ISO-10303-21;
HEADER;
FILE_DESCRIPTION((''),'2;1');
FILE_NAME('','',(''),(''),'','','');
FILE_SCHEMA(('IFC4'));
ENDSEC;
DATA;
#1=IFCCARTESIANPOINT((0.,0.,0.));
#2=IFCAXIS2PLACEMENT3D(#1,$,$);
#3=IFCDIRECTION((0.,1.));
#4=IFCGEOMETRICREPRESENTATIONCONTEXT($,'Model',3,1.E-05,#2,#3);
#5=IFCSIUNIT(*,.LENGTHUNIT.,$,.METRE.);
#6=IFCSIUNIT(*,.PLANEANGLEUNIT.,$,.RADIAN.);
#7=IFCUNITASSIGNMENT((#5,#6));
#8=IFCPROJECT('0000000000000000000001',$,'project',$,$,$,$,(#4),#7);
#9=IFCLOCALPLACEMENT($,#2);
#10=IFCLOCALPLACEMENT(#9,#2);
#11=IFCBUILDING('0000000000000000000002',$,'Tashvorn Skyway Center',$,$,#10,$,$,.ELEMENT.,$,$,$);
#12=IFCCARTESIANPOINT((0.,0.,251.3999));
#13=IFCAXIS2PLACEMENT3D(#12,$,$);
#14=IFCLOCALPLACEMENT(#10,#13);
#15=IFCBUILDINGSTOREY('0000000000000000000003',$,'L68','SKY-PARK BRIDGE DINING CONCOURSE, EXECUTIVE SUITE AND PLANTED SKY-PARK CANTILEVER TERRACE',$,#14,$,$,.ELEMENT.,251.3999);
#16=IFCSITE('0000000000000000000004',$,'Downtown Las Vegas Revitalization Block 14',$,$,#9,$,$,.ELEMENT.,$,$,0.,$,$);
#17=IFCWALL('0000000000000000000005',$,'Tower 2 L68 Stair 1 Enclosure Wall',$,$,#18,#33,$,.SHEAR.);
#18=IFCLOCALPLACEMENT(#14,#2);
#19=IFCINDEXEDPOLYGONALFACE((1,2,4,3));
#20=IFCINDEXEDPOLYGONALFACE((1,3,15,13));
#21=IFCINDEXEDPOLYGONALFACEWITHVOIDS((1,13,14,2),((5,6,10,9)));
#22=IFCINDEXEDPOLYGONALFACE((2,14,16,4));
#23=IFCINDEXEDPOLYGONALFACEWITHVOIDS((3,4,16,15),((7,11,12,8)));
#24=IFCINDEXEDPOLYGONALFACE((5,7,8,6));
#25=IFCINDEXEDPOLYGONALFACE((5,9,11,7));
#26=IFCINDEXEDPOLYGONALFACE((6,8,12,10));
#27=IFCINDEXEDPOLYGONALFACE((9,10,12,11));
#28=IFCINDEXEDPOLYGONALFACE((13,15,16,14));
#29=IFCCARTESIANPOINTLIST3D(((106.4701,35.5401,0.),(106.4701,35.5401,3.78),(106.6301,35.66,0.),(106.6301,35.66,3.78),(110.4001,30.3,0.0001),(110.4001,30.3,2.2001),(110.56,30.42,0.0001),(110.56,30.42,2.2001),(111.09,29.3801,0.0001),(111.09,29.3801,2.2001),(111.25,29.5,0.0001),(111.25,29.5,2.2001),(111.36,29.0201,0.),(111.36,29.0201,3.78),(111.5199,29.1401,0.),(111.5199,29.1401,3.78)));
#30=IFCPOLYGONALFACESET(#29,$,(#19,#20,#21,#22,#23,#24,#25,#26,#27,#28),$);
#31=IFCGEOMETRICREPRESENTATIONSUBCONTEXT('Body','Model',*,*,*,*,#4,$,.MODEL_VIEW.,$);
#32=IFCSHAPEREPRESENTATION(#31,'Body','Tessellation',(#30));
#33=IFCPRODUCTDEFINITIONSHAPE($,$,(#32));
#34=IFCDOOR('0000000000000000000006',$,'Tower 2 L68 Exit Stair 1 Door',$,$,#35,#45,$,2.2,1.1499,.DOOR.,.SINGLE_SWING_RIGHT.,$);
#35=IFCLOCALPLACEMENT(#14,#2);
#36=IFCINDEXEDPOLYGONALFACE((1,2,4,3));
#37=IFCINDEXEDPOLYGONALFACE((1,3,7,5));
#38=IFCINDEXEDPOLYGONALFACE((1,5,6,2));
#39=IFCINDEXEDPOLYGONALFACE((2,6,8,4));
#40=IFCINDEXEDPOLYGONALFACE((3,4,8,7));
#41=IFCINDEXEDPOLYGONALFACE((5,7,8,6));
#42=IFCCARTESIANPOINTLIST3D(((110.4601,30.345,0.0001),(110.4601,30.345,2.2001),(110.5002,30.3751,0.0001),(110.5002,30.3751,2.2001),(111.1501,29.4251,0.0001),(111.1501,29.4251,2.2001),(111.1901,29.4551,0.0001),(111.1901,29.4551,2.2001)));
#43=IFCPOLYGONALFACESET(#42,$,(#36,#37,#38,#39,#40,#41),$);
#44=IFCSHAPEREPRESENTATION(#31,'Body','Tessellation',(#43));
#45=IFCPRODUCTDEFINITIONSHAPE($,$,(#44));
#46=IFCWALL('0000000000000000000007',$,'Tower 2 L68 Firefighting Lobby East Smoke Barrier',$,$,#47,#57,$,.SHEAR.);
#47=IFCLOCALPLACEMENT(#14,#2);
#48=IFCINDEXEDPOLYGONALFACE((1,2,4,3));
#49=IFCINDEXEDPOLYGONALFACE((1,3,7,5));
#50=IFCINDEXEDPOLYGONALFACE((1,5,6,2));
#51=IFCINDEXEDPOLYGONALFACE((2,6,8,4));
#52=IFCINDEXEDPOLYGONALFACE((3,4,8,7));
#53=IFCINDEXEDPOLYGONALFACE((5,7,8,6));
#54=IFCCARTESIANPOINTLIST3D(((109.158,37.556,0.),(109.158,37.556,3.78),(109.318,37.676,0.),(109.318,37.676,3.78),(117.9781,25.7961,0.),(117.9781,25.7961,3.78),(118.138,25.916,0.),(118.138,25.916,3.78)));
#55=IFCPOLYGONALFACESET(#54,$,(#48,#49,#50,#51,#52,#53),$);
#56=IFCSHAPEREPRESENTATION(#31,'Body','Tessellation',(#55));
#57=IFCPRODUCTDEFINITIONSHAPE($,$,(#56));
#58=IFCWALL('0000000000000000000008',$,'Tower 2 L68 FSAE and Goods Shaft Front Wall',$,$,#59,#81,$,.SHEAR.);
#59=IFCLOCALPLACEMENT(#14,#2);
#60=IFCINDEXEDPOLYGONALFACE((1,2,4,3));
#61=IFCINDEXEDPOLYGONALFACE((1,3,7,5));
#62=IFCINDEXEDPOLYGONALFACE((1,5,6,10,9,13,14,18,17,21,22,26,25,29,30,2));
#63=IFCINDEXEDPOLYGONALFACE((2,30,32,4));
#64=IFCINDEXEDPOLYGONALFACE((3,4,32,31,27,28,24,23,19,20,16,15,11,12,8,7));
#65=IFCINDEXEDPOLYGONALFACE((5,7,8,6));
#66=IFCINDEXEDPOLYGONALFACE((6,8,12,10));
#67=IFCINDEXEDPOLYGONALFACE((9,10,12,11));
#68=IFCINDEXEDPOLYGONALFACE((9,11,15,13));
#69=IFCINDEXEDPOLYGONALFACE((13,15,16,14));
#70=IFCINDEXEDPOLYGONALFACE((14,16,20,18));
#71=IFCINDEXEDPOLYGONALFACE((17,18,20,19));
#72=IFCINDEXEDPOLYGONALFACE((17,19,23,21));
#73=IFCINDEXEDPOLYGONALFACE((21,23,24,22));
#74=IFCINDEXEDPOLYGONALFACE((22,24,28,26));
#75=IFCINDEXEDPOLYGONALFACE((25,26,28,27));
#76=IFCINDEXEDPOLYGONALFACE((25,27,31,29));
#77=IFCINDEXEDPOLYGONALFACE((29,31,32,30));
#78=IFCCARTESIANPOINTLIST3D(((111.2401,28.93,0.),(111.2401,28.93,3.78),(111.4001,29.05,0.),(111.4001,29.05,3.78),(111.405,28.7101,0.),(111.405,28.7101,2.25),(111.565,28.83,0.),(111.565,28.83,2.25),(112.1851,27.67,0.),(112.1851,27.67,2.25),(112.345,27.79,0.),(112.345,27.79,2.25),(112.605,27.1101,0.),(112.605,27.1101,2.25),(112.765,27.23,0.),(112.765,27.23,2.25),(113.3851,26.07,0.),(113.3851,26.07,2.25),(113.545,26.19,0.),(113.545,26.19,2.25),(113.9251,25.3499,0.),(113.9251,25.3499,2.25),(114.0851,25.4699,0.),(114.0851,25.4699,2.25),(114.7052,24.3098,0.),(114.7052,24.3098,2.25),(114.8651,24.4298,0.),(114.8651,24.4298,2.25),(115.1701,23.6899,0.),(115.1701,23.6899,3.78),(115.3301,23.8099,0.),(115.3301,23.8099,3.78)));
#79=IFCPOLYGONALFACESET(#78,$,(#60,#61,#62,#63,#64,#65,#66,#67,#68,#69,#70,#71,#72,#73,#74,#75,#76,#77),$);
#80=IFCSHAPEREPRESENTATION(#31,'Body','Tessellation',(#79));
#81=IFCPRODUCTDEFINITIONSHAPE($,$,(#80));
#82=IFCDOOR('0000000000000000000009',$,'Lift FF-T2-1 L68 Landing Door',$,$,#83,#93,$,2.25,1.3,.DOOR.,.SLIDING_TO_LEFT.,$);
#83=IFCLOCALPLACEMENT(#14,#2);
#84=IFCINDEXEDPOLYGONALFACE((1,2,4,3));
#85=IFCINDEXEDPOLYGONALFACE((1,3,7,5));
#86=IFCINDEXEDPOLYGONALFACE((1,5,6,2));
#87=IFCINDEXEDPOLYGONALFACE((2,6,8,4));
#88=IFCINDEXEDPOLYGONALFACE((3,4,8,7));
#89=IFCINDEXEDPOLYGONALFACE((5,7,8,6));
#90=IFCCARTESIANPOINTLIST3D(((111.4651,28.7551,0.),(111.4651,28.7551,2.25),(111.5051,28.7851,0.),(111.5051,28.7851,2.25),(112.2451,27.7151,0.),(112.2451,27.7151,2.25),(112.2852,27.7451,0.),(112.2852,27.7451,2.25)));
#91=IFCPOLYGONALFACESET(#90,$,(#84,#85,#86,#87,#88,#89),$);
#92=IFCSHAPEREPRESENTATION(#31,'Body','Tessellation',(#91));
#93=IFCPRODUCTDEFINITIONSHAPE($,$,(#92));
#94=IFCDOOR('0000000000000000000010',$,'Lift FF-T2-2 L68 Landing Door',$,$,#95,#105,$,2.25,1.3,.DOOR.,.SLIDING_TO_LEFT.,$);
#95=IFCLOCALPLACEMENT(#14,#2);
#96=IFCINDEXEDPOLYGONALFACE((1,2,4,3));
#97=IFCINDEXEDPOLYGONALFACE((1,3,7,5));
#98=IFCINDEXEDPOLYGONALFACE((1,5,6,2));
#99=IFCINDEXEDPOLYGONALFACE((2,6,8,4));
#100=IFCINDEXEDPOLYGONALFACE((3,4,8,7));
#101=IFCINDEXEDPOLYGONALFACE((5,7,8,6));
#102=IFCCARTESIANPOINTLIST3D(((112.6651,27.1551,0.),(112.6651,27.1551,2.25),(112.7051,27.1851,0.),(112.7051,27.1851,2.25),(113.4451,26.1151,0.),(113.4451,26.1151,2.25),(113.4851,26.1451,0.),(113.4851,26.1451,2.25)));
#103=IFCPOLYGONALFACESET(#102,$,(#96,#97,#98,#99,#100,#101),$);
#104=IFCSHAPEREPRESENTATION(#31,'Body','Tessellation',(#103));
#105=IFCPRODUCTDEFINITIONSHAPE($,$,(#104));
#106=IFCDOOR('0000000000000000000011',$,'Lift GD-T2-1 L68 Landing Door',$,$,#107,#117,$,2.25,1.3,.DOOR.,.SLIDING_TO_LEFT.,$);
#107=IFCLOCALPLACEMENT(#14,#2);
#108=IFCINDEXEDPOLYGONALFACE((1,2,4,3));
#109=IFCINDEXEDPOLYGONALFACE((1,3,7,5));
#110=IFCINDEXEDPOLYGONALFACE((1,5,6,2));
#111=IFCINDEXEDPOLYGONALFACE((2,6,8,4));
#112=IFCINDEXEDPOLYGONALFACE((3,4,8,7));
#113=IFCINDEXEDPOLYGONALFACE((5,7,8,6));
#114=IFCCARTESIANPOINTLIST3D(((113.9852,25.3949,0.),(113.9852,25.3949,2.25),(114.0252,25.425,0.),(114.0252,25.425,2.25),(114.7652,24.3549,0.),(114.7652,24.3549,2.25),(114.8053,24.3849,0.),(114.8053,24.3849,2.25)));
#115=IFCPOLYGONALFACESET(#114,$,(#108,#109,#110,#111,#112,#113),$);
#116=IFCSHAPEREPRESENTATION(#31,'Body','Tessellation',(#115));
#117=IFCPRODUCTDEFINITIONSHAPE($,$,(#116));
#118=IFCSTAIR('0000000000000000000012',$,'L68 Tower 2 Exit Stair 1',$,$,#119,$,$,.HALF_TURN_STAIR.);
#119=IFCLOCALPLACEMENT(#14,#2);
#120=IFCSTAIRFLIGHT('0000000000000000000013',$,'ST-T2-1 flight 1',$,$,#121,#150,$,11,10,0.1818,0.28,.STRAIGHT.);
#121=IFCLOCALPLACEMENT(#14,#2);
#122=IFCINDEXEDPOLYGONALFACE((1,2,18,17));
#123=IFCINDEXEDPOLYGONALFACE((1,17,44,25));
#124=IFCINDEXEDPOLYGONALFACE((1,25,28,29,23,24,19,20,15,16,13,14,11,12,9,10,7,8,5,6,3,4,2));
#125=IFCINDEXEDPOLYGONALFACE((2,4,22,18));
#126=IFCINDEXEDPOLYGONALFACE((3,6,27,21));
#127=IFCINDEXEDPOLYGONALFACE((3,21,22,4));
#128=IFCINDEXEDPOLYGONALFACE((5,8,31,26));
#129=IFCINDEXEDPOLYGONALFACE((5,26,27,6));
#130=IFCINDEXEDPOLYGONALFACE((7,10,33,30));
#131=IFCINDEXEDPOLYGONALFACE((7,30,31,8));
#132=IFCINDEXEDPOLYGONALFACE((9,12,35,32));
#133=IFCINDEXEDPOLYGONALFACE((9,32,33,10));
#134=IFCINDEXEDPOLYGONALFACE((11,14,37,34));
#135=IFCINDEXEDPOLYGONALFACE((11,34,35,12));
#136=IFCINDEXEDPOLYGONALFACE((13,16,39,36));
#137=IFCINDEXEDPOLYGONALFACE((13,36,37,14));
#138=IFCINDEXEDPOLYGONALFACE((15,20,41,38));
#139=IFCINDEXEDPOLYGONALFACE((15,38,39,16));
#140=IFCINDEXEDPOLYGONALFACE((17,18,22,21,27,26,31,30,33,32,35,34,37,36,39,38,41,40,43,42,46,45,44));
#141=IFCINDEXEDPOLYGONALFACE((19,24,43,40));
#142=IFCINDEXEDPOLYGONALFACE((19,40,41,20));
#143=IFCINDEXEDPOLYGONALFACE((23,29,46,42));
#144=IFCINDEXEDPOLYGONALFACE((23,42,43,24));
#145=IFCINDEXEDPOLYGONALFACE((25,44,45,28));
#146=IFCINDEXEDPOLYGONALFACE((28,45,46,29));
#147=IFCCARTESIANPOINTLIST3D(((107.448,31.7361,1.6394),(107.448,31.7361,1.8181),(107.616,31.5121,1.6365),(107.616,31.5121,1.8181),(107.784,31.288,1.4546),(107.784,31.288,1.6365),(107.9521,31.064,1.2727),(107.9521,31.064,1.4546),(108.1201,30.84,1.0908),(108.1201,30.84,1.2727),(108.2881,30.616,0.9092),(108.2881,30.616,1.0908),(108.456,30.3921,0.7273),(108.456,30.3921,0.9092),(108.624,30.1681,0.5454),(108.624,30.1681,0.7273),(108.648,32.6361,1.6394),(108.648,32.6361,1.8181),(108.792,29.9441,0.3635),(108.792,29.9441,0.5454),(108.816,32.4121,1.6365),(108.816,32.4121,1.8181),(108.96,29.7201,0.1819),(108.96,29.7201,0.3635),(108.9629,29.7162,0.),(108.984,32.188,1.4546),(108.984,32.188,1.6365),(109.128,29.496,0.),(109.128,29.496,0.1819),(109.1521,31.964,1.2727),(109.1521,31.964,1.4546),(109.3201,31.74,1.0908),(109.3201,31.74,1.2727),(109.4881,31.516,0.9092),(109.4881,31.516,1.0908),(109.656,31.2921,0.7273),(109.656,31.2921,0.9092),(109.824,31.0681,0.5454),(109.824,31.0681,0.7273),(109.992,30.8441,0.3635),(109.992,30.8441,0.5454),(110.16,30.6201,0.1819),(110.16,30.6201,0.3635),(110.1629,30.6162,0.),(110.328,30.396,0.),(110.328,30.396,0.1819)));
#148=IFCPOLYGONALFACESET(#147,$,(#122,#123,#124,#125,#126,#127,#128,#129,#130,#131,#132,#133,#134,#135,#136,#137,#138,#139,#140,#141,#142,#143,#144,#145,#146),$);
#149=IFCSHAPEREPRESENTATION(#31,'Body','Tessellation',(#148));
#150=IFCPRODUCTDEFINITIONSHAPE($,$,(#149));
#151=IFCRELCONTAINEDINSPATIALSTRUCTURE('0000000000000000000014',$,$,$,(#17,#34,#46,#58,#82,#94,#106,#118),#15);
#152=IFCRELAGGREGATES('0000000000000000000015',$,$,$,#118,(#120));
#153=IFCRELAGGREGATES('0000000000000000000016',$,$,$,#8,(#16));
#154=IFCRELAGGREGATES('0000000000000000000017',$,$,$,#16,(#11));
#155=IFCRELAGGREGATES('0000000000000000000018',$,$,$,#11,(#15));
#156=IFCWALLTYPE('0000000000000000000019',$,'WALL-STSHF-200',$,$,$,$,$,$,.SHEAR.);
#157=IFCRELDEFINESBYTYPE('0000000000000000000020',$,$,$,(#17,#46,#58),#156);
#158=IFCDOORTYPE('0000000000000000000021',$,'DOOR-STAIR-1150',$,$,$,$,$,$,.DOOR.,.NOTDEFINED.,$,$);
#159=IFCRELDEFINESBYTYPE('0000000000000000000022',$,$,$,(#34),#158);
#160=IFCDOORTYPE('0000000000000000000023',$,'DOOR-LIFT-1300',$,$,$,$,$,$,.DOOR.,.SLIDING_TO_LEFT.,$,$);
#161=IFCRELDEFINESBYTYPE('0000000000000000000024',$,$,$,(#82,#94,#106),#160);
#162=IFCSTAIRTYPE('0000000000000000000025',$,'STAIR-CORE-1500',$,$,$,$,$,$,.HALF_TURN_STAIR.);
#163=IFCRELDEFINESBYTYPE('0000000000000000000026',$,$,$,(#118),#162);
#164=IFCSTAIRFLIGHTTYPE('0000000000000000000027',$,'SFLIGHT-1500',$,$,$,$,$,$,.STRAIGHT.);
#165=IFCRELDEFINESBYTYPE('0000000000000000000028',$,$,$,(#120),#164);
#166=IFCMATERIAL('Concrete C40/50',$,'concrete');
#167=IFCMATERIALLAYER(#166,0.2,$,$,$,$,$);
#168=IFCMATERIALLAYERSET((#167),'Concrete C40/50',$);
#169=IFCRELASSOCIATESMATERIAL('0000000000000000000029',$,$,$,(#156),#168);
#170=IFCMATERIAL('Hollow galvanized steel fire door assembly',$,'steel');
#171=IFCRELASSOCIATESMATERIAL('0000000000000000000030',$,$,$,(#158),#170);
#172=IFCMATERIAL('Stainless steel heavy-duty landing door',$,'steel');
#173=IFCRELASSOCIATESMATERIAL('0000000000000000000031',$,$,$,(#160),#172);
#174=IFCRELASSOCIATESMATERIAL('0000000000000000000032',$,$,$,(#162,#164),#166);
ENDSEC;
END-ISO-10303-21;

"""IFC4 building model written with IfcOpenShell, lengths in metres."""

from ifc_helpers import new_model, si_unit, direction, frame, frame_2d, origin, place, context, subcontext, project, spatial, polyline, rectangle, outline, extrude, material, layer, layer_set, type_object, element, fill, aggregate, save


model = new_model("IFC4")

# Units and contexts
model_context = context("Model", 3, precision=1e-05, world=origin(), true_north=direction((0.0, 1.0)))
body_context = subcontext(model_context, "Body", "Model", "MODEL_VIEW")
ifc_project = project(units=[si_unit("LENGTHUNIT", "METRE"), si_unit("PLANEANGLEUNIT", "RADIAN")], contexts=[model_context])

# Site, building, storey
site_placement = place(None, origin())
site = spatial("IfcSite", under=ifc_project, at=site_placement, Name="Downtown Las Vegas Revitalization Block 14", CompositionType="ELEMENT", RefElevation=0.0)
building_placement = place(site_placement, origin())
building = spatial("IfcBuilding", under=site, at=building_placement, Name="Tashvorn Skyway Center", CompositionType="ELEMENT")
storey_placement = place(building_placement, frame((0.0, 0.0, 251.3999)))
storey = spatial("IfcBuildingStorey", under=building, at=storey_placement, Name="L68", Description="SKY-PARK BRIDGE DINING CONCOURSE, EXECUTIVE SUITE AND PLANTED SKY-PARK CANTILEVER TERRACE", CompositionType="ELEMENT", Elevation=251.3999)

# Shared definitions
ifc_material_1 = material(Name="Concrete C40/50", Category="concrete")

# Shared definitions
ifc_material_2 = material(Name="Hollow galvanized steel fire door assembly", Category="steel")

# Wall, opening, door
ifc_layer_1 = layer(ifc_material_1, 0.2)
ifc_layer_set_1 = layer_set([ifc_layer_1], Name="Concrete C40/50")
wall_type_1 = type_object("IfcWallType", Name="WALL-STSHF-200", PredefinedType="SHEAR", material=ifc_layer_set_1)
wall_1_placement = place(storey_placement, frame((111.4399, 29.0801, 0.0), z_axis=(0.0, 0.0, 1.0), x_axis=(-0.59999, 0.800007, 0.0)))
wall_1 = element("IfcWall", 1, at=wall_1_placement, inside=storey, type_object=wall_type_1, Name="Tower 2 L68 Stair 1 Enclosure Wall", PredefinedType="SHEAR", context=body_context, shape_type="SweptSolid", body=[
    extrude(rectangle(XDim=8.1499, YDim=0.2, at=frame_2d((4.075, 0.0))), origin(), (0.0, 0.0, 1.0), 3.78),
])
opening_1_placement = place(wall_1_placement, frame((0.45, 0.0, 0.0)))
opening_1 = element("IfcOpeningElement", 2, at=opening_1_placement, cuts=wall_1, PredefinedType="OPENING", context=body_context, shape_type="SweptSolid", body=[
    extrude(rectangle(XDim=1.1499, YDim=2.2, at=frame_2d((0.575, 1.1001))), frame((0.0, 0.1099, 0.0), z_axis=(0.0, -1.0, 0.0), x_axis=(1.0, 0.0, 0.0)), (0.0, 0.0, 1.0), 0.22),
])
door_type_1 = type_object("IfcDoorType", Name="DOOR-STAIR-1150", OperationType="NOTDEFINED", PredefinedType="DOOR", material=ifc_material_2)
door_1_placement = place(opening_1_placement, origin())
door_1 = element("IfcDoor", 3, at=door_1_placement, inside=storey, type_object=door_type_1, Name="Tower 2 L68 Exit Stair 1 Door", OperationType="SINGLE_SWING_RIGHT", OverallHeight=2.2, OverallWidth=1.1499, PredefinedType="DOOR", context=body_context, shape_type="SweptSolid", body=[
    extrude(rectangle(XDim=1.1499, YDim=2.2, at=frame_2d((0.575, 1.1001))), frame((0.0, 0.0249, 0.0), z_axis=(0.0, -1.0, 0.0), x_axis=(1.0, 0.0, 0.0)), (0.0, 0.0, 1.0), 0.05),
])
fill(opening_1, door_1)

# Wall
wall_2_placement = place(storey_placement, frame((118.0581, 25.856, 0.0), z_axis=(0.0, 0.0, 1.0), x_axis=(-0.600003, 0.799998, 0.0)))
element("IfcWall", 4, at=wall_2_placement, inside=storey, type_object=wall_type_1, Name="Tower 2 L68 Firefighting Lobby East Smoke Barrier", PredefinedType="SHEAR", context=body_context, shape_type="SweptSolid", body=[
    extrude(rectangle(XDim=14.7, YDim=0.2, at=frame_2d((7.3501, 0.0))), origin(), (0.0, 0.0, 1.0), 3.78),
])

# Wall, openings, doors
wall_3_placement = place(storey_placement, frame((115.25, 23.75, 0.0), z_axis=(0.0, 0.0, 1.0), x_axis=(-0.599994, 0.800004, 0.0)))
wall_3 = element("IfcWall", 5, at=wall_3_placement, inside=storey, type_object=wall_type_1, Name="Tower 2 L68 FSAE and Goods Shaft Front Wall", PredefinedType="SHEAR", context=body_context, shape_type="SweptSolid", body=[
    extrude(rectangle(XDim=6.55, YDim=0.2, at=frame_2d((3.2749, 0.0))), origin(), (0.0, 0.0, 1.0), 3.78),
])
opening_2_placement = place(wall_3_placement, frame((4.9751, 0.0, 0.0)))
opening_2 = element("IfcOpeningElement", 6, at=opening_2_placement, cuts=wall_3, PredefinedType="OPENING", context=body_context, shape_type="SweptSolid", body=[
    extrude(rectangle(XDim=1.3, YDim=2.25, at=frame_2d((0.6499, 1.125))), frame((0.0, 0.1099, 0.0), z_axis=(0.0, -1.0, 0.0), x_axis=(1.0, 0.0, 0.0)), (0.0, 0.0, 1.0), 0.22),
])
opening_3_placement = place(wall_3_placement, frame((2.9751, 0.0, 0.0)))
opening_3 = element("IfcOpeningElement", 7, at=opening_3_placement, cuts=wall_3, PredefinedType="OPENING", context=body_context, shape_type="SweptSolid", body=[
    extrude(rectangle(XDim=1.3, YDim=2.25, at=frame_2d((0.6499, 1.125))), frame((0.0, 0.1099, 0.0), z_axis=(0.0, -1.0, 0.0), x_axis=(1.0, 0.0, 0.0)), (0.0, 0.0, 1.0), 0.22),
])
opening_4_placement = place(wall_3_placement, frame((0.7749, 0.0, 0.0)))
opening_4 = element("IfcOpeningElement", 8, at=opening_4_placement, cuts=wall_3, PredefinedType="OPENING", context=body_context, shape_type="SweptSolid", body=[
    extrude(rectangle(XDim=1.3, YDim=2.25, at=frame_2d((0.6499, 1.125))), frame((0.0, 0.1099, 0.0), z_axis=(0.0, -1.0, 0.0), x_axis=(1.0, 0.0, 0.0)), (0.0, 0.0, 1.0), 0.22),
])
ifc_material_3 = material(Name="Stainless steel heavy-duty landing door", Category="steel")
door_type_2 = type_object("IfcDoorType", Name="DOOR-LIFT-1300", OperationType="SLIDING_TO_LEFT", PredefinedType="DOOR", material=ifc_material_3)
door_2_placement = place(opening_2_placement, origin())
door_2 = element("IfcDoor", 9, at=door_2_placement, inside=storey, type_object=door_type_2, Name="Lift FF-T2-1 L68 Landing Door", OperationType="SLIDING_TO_LEFT", OverallHeight=2.25, OverallWidth=1.3, PredefinedType="DOOR", context=body_context, shape_type="SweptSolid", body=[
    extrude(rectangle(XDim=1.3, YDim=2.25, at=frame_2d((0.6499, 1.125))), frame((0.0, 0.0249, 0.0), z_axis=(0.0, -1.0, 0.0), x_axis=(1.0, 0.0, 0.0)), (0.0, 0.0, 1.0), 0.05),
])
fill(opening_2, door_2)
door_3_placement = place(opening_3_placement, origin())
door_3 = element("IfcDoor", 10, at=door_3_placement, inside=storey, type_object=door_type_2, Name="Lift FF-T2-2 L68 Landing Door", OperationType="SLIDING_TO_LEFT", OverallHeight=2.25, OverallWidth=1.3, PredefinedType="DOOR", context=body_context, shape_type="SweptSolid", body=[
    extrude(rectangle(XDim=1.3, YDim=2.25, at=frame_2d((0.6499, 1.125))), frame((0.0, 0.0249, 0.0), z_axis=(0.0, -1.0, 0.0), x_axis=(1.0, 0.0, 0.0)), (0.0, 0.0, 1.0), 0.05),
])
fill(opening_3, door_3)
door_4_placement = place(opening_4_placement, origin())
door_4 = element("IfcDoor", 11, at=door_4_placement, inside=storey, type_object=door_type_2, Name="Lift GD-T2-1 L68 Landing Door", OperationType="SLIDING_TO_LEFT", OverallHeight=2.25, OverallWidth=1.3, PredefinedType="DOOR", context=body_context, shape_type="SweptSolid", body=[
    extrude(rectangle(XDim=1.3, YDim=2.25, at=frame_2d((0.6499, 1.125))), frame((0.0, 0.0249, 0.0), z_axis=(0.0, -1.0, 0.0), x_axis=(1.0, 0.0, 0.0)), (0.0, 0.0, 1.0), 0.05),
])
fill(opening_4, door_4)

# Stair, stair flight
stair_type = type_object("IfcStairType", Name="STAIR-CORE-1500", PredefinedType="HALF_TURN_STAIR", material=ifc_material_1)
stair_placement = place(storey_placement, origin())
stair = element("IfcStair", 12, at=stair_placement, inside=storey, type_object=stair_type, Name="L68 Tower 2 Exit Stair 1", PredefinedType="HALF_TURN_STAIR")
stair_flight_type = type_object("IfcStairFlightType", Name="SFLIGHT-1500", PredefinedType="STRAIGHT", material=ifc_material_1)
stair_flight_placement = place(storey_placement, frame((109.728, 29.946, 0.0), z_axis=(0.0, 0.0, 1.0), x_axis=(-0.6, 0.8, 0.0)))
stair_flight = element("IfcStairFlight", 13, at=stair_flight_placement, type_object=stair_flight_type, Name="ST-T2-1 flight 1", NumberOfRisers=11, NumberOfTreads=10, PredefinedType="STRAIGHT", RiserHeight=0.1818, TreadLength=0.28, context=body_context, shape_type="SweptSolid", body=[
    extrude(outline(polyline([(0.0, 0.0), (0.0, 0.1819), (0.28, 0.1819), (0.28, 0.3635), (0.5601, 0.3635), (0.5601, 0.5454), (0.8401, 0.5454), (0.8401, 0.7273), (1.1201, 0.7273), (1.1201, 0.9092), (1.3999, 0.9092), (1.3999, 1.0908), (1.6799, 1.0908), (1.6799, 1.2727), (1.96, 1.2727), (1.96, 1.4546), (2.24, 1.4546), (2.24, 1.6365), (2.52, 1.6365), (2.52, 1.8181), (2.8, 1.8181), (2.8, 2.0), (2.8, 1.6394), (0.2751, 0.0), (0.0, 0.0)])), frame((0.0, 0.75, 0.0), z_axis=(0.0, -1.0, 0.0), x_axis=(1.0, 0.0, 0.0)), (0.0, 0.0, 1.0), 1.5),
])
aggregate(stair, [stair_flight])

save(model, "model.ifc")
